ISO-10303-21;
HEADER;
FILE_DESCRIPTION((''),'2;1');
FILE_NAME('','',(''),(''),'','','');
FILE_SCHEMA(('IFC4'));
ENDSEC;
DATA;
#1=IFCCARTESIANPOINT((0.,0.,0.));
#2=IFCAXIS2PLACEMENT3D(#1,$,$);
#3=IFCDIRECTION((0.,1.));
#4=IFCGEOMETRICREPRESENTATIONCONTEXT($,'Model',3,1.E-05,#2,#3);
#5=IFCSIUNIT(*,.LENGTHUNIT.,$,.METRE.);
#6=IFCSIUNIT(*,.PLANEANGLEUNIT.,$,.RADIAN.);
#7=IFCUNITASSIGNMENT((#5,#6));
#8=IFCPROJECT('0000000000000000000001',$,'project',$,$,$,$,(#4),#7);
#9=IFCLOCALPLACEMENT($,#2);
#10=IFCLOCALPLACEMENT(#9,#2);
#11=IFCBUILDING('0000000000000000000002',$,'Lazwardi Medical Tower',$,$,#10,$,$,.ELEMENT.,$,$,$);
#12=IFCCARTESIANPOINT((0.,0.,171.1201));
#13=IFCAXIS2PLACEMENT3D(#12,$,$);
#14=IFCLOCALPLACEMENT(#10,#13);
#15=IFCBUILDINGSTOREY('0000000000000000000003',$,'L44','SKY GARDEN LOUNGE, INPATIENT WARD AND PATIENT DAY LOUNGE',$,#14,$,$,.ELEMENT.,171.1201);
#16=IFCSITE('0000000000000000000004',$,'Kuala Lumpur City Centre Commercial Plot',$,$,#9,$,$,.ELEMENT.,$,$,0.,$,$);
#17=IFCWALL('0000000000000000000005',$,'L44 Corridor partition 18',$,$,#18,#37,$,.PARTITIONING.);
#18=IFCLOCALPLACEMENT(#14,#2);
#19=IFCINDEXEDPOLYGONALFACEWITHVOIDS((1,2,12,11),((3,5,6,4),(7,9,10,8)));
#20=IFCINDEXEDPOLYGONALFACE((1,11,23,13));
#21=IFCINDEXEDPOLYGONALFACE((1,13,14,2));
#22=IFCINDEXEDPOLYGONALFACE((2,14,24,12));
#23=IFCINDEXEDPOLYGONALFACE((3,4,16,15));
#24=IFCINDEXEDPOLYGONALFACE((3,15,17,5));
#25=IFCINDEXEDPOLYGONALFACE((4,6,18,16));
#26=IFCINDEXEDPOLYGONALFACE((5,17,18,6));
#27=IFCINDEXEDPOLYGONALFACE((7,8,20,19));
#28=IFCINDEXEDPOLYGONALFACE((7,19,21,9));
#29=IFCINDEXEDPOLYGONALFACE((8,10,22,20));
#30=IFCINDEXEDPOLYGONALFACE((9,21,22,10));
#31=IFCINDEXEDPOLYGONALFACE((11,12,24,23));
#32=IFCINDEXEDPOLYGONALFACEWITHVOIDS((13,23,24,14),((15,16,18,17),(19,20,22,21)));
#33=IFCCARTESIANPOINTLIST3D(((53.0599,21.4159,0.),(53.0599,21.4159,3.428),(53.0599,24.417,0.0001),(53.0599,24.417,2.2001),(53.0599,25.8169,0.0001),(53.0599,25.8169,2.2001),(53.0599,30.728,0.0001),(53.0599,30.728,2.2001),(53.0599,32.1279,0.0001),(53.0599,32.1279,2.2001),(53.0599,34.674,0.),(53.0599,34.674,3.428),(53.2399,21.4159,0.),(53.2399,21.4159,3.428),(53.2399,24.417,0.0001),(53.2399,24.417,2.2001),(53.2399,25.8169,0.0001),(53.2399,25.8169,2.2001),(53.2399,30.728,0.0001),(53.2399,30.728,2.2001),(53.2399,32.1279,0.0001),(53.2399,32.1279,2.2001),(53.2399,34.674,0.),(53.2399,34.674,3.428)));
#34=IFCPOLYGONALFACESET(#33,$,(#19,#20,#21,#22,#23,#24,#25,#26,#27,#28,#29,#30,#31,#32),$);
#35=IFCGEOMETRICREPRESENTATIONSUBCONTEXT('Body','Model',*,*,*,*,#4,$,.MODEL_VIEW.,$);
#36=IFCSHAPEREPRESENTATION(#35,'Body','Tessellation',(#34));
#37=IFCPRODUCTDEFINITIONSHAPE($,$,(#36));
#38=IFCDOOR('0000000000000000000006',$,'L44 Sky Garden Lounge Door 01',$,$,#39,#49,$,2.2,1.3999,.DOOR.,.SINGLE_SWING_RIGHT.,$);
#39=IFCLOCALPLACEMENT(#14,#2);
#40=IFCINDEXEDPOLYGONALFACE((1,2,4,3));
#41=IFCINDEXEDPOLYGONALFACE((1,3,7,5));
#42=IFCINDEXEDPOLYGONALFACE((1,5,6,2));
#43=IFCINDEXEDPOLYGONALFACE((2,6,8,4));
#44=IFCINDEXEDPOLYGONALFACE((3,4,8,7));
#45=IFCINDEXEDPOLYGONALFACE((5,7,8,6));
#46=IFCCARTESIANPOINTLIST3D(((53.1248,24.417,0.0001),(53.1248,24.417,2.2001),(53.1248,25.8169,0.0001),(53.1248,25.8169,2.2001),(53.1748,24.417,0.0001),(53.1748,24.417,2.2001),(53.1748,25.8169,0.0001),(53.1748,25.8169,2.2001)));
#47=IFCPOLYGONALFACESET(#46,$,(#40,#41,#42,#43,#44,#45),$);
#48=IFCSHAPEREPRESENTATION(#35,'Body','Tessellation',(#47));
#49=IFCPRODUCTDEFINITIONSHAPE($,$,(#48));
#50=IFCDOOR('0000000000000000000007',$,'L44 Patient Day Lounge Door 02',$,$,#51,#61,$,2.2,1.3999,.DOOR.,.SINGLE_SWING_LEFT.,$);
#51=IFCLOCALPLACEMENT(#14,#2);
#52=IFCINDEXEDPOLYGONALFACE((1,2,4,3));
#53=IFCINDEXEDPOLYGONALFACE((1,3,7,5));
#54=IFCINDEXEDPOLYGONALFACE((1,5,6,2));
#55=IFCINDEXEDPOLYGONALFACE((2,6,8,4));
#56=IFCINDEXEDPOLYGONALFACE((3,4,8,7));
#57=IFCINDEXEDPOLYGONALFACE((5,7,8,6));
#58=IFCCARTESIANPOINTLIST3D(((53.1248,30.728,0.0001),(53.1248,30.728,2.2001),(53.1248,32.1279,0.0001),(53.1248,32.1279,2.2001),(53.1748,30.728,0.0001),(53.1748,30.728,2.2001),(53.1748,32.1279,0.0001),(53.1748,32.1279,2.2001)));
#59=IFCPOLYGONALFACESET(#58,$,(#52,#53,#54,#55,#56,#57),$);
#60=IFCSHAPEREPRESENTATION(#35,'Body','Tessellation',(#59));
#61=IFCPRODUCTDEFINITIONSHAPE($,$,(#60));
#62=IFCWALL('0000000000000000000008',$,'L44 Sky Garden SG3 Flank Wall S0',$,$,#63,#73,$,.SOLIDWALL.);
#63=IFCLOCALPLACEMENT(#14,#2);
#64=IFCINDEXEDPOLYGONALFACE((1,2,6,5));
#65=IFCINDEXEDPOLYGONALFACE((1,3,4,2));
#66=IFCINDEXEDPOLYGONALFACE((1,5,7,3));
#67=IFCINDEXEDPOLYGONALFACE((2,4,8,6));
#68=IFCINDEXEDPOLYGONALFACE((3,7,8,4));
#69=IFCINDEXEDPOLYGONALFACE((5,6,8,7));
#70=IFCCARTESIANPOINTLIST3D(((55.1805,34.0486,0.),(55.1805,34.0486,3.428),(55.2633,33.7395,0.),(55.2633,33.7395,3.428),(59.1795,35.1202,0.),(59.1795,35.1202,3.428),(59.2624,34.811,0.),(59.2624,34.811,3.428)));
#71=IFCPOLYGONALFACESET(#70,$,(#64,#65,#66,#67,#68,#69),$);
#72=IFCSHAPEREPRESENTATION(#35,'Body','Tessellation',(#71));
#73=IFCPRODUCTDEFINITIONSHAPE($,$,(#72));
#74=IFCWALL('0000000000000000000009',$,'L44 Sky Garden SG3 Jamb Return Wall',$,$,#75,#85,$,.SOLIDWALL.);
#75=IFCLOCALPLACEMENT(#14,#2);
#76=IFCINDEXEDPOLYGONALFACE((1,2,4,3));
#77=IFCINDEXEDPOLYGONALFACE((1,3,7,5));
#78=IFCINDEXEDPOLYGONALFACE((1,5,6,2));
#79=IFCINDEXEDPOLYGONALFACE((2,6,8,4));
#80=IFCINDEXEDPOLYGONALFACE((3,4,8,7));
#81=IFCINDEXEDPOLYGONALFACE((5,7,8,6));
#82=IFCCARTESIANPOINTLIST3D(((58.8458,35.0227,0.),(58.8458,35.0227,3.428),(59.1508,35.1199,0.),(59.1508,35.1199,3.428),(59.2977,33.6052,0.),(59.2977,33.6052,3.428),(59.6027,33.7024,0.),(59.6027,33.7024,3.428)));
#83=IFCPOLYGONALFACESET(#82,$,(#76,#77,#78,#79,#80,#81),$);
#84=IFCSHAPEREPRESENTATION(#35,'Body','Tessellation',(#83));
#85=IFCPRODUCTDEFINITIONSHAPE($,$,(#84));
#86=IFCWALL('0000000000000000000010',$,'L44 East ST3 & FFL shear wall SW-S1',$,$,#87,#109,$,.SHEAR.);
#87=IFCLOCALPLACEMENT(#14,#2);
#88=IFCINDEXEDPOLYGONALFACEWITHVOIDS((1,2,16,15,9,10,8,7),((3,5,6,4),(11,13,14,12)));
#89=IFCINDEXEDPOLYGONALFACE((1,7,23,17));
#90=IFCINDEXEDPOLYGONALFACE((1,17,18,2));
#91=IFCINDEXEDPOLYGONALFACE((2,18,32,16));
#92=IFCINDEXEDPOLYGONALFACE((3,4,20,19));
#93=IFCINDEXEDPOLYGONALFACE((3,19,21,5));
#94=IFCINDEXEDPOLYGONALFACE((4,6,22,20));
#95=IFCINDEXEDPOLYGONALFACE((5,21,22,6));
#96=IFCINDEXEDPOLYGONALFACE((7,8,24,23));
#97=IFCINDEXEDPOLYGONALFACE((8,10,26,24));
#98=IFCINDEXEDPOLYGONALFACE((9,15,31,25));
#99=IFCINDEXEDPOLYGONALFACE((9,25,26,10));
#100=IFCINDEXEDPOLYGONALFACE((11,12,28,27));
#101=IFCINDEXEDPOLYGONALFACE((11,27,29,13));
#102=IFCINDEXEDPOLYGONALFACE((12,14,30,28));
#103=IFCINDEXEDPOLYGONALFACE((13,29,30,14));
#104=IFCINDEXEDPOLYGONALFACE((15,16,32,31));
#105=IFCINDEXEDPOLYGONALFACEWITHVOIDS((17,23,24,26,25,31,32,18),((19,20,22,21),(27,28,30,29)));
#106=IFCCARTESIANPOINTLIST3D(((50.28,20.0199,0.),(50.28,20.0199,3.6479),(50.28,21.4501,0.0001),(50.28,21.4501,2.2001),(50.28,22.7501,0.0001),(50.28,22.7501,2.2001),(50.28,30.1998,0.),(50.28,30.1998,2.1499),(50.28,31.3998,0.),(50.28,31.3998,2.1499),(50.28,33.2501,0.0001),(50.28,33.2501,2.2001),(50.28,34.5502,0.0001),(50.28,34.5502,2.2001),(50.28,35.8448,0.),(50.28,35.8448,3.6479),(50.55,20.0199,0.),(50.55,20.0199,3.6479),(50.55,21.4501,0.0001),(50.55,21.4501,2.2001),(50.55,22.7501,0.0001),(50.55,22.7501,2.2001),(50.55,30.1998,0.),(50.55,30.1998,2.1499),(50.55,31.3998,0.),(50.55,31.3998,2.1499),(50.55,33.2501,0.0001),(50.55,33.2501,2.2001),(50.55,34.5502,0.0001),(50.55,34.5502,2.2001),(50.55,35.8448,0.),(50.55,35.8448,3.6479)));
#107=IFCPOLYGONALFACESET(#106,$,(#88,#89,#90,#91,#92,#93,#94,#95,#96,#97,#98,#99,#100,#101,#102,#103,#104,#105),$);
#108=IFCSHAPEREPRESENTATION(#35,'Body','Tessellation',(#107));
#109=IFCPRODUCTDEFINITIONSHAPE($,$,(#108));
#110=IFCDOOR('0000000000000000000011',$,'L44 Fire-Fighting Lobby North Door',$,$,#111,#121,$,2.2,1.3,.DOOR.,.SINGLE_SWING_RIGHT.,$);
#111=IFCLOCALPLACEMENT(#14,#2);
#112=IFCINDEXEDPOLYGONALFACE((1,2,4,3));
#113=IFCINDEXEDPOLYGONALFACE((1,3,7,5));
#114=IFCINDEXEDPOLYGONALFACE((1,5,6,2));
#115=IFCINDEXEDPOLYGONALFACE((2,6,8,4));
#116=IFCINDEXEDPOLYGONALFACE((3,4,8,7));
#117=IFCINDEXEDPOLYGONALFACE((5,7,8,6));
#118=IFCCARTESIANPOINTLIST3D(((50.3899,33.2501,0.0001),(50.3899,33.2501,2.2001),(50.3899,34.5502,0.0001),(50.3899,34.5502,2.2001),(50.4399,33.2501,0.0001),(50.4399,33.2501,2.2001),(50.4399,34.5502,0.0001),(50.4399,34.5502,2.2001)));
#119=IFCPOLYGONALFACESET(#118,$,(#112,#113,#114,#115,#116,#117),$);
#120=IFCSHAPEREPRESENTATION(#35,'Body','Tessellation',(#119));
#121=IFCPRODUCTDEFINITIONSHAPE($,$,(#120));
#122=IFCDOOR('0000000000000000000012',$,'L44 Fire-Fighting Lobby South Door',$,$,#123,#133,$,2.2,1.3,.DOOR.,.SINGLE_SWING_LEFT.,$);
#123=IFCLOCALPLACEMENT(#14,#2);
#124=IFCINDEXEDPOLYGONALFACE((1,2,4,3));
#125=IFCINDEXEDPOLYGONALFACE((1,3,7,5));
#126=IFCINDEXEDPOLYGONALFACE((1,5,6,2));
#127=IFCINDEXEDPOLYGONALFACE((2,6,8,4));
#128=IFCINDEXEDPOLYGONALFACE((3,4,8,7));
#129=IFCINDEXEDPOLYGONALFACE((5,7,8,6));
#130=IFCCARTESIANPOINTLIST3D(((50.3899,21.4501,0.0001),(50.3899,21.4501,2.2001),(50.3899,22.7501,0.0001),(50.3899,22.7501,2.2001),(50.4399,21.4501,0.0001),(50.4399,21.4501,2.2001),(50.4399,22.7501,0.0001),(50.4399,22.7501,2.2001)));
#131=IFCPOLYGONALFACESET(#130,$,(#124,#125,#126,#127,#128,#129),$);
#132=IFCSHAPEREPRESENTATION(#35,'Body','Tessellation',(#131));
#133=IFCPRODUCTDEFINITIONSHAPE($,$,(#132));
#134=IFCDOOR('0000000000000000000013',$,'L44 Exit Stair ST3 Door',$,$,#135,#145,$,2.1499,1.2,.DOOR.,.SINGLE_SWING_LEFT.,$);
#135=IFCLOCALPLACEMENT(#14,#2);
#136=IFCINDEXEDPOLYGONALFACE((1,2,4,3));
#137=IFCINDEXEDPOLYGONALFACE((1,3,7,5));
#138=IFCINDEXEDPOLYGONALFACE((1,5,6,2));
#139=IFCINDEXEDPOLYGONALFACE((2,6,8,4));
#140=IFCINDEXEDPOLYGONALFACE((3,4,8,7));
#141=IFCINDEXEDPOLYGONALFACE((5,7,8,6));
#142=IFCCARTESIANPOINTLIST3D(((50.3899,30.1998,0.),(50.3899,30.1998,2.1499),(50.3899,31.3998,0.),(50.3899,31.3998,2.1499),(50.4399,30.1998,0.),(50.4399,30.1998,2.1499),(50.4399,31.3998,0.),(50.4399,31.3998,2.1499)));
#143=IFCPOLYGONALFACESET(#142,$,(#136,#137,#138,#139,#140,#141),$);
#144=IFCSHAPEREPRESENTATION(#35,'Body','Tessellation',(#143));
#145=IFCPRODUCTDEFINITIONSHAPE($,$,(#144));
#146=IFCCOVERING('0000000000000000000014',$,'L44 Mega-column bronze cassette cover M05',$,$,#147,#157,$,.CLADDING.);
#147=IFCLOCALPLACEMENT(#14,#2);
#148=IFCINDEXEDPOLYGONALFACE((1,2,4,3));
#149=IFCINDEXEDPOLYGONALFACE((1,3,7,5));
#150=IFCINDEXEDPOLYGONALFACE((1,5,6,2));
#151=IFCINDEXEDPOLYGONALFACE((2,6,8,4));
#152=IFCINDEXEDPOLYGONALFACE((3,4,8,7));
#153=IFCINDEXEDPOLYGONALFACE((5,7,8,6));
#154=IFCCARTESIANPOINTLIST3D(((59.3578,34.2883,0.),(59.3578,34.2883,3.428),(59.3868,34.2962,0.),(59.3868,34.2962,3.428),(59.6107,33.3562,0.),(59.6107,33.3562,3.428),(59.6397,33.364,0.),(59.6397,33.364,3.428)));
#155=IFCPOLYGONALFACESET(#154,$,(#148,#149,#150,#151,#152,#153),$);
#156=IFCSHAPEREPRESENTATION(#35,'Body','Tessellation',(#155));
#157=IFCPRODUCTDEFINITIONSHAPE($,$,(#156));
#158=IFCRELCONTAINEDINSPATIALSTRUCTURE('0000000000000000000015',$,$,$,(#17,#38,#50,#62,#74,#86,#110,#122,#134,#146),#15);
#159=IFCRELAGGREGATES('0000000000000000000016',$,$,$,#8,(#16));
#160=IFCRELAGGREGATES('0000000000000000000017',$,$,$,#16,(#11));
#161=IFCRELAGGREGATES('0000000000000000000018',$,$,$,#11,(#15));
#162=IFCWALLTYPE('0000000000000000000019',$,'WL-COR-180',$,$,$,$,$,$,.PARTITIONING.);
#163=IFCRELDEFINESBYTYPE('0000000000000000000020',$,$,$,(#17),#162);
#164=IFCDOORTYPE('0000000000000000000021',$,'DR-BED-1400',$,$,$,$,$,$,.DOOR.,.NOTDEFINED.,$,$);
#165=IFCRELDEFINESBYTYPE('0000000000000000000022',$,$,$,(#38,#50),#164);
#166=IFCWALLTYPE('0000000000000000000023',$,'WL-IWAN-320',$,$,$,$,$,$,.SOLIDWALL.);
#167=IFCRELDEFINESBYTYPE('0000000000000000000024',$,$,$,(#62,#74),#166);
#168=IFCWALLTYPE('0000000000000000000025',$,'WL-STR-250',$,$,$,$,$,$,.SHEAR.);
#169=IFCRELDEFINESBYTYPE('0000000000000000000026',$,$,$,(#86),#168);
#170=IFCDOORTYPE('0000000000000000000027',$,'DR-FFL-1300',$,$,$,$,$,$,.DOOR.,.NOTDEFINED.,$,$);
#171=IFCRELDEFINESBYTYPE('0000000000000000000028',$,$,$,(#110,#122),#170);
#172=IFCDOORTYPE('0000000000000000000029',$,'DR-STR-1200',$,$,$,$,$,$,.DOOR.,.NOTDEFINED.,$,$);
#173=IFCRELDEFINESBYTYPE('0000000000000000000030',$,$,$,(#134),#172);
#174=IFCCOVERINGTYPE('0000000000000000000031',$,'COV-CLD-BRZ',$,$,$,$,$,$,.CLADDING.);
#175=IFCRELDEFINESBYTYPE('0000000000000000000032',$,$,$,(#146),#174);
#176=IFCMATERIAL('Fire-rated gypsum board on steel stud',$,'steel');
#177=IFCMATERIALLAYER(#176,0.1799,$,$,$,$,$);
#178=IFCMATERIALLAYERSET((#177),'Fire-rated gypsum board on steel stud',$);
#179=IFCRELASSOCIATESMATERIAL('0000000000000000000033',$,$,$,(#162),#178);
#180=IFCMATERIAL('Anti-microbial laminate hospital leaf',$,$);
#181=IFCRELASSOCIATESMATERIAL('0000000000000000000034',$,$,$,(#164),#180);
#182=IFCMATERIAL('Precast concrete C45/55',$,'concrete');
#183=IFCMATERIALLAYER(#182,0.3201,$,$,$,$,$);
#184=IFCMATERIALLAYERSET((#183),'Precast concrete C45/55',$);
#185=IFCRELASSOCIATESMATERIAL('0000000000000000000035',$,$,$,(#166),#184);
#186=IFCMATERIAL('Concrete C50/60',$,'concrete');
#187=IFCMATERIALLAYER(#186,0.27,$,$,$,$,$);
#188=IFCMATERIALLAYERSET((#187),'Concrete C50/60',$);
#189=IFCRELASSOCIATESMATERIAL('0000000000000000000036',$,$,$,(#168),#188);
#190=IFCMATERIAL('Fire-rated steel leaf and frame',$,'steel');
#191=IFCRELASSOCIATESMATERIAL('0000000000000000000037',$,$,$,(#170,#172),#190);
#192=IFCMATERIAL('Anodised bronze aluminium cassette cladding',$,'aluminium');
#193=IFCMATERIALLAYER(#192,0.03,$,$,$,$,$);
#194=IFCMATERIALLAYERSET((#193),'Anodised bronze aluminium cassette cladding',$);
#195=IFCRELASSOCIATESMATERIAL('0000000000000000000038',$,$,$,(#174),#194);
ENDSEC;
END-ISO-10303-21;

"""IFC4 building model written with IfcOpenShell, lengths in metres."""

from ifc_helpers import new_model, si_unit, direction, frame, frame_2d, origin, origin_2d, place, context, subcontext, project, spatial, rectangle, extrude, material, layer, layer_set, type_object, element, fill, save


model = new_model("IFC4")

# Units and contexts
model_context = context("Model", 3, precision=1e-05, world=origin(), true_north=direction((0.0, 1.0)))
body_context = subcontext(model_context, "Body", "Model", "MODEL_VIEW")
ifc_project = project(units=[si_unit("LENGTHUNIT", "METRE"), si_unit("PLANEANGLEUNIT", "RADIAN")], contexts=[model_context])

# Site, building, storey
site_placement = place(None, origin())
site = spatial("IfcSite", under=ifc_project, at=site_placement, Name="Kuala Lumpur City Centre Commercial Plot", CompositionType="ELEMENT", RefElevation=0.0)
building_placement = place(site_placement, origin())
building = spatial("IfcBuilding", under=site, at=building_placement, Name="Lazwardi Medical Tower", CompositionType="ELEMENT")
storey_placement = place(building_placement, frame((0.0, 0.0, 171.1201)))
storey = spatial("IfcBuildingStorey", under=building, at=storey_placement, Name="L44", Description="SKY GARDEN LOUNGE, INPATIENT WARD AND PATIENT DAY LOUNGE", CompositionType="ELEMENT", Elevation=171.1201)

# Shared definitions
ifc_material_1 = material(Name="Fire-rated gypsum board on steel stud", Category="steel")
ifc_layer_1 = layer(ifc_material_1, 0.1799)
ifc_layer_set_1 = layer_set([ifc_layer_1], Name="Fire-rated gypsum board on steel stud")
wall_type_1 = type_object("IfcWallType", Name="WL-COR-180", PredefinedType="PARTITIONING", material=ifc_layer_set_1)

# Wall, openings, doors
wall_1_placement = place(storey_placement, frame((53.1499, 34.6738, 0.0), z_axis=(0.0, 0.0, 1.0), x_axis=(0.0, -1.0, 0.0)))
wall_1 = element("IfcWall", 1, at=wall_1_placement, inside=storey, type_object=wall_type_1, Name="L44 Corridor partition 18", PredefinedType="PARTITIONING", context=body_context, shape_type="SweptSolid", body=[
    extrude(rectangle(XDim=13.2581, YDim=0.1799, at=frame_2d((6.6289, 0.0))), origin(), (0.0, 0.0, 1.0), 3.428),
])
opening_1_placement = place(wall_1_placement, frame((8.8569, 0.0, 0.0)))
opening_1 = element("IfcOpeningElement", 2, at=opening_1_placement, cuts=wall_1, PredefinedType="OPENING", context=body_context, shape_type="SweptSolid", body=[
    extrude(rectangle(XDim=1.3999, YDim=2.2, at=frame_2d((0.7, 1.1001))), frame((0.0, 0.0999, 0.0), z_axis=(0.0, -1.0, 0.0), x_axis=(1.0, 0.0, 0.0)), (0.0, 0.0, 1.0), 0.2),
])
opening_2_placement = place(wall_1_placement, frame((2.5459, 0.0, 0.0)))
opening_2 = element("IfcOpeningElement", 3, at=opening_2_placement, cuts=wall_1, PredefinedType="OPENING", context=body_context, shape_type="SweptSolid", body=[
    extrude(rectangle(XDim=1.3999, YDim=2.2, at=frame_2d((0.7, 1.1001))), frame((0.0, 0.0999, 0.0), z_axis=(0.0, -1.0, 0.0), x_axis=(1.0, 0.0, 0.0)), (0.0, 0.0, 1.0), 0.2),
])
ifc_material_2 = material(Name="Anti-microbial laminate hospital leaf")
door_type_1 = type_object("IfcDoorType", Name="DR-BED-1400", OperationType="NOTDEFINED", PredefinedType="DOOR", material=ifc_material_2)
door_1_placement = place(opening_1_placement, origin())
door_1 = element("IfcDoor", 4, at=door_1_placement, inside=storey, type_object=door_type_1, Name="L44 Sky Garden Lounge Door 01", OperationType="SINGLE_SWING_RIGHT", OverallHeight=2.2, OverallWidth=1.3999, PredefinedType="DOOR", context=body_context, shape_type="SweptSolid", body=[
    extrude(rectangle(XDim=1.3999, YDim=2.2, at=frame_2d((0.7, 1.1001))), frame((0.0, 0.0249, 0.0), z_axis=(0.0, -1.0, 0.0), x_axis=(1.0, 0.0, 0.0)), (0.0, 0.0, 1.0), 0.05),
])
fill(opening_1, door_1)
door_2_placement = place(opening_2_placement, origin())
door_2 = element("IfcDoor", 5, at=door_2_placement, inside=storey, type_object=door_type_1, Name="L44 Patient Day Lounge Door 02", OperationType="SINGLE_SWING_LEFT", OverallHeight=2.2, OverallWidth=1.3999, PredefinedType="DOOR", context=body_context, shape_type="SweptSolid", body=[
    extrude(rectangle(XDim=1.3999, YDim=2.2, at=frame_2d((0.7, 1.1001))), frame((0.0, 0.0249, 0.0), z_axis=(0.0, -1.0, 0.0), x_axis=(1.0, 0.0, 0.0)), (0.0, 0.0, 1.0), 0.05),
])
fill(opening_2, door_2)

# Walls
ifc_material_3 = material(Name="Precast concrete C45/55", Category="concrete")
ifc_layer_2 = layer(ifc_material_3, 0.3201)
ifc_layer_set_2 = layer_set([ifc_layer_2], Name="Precast concrete C45/55")
wall_type_2 = type_object("IfcWallType", Name="WL-IWAN-320", PredefinedType="SOLIDWALL", material=ifc_layer_set_2)
wall_2_placement = place(storey_placement, frame((59.2209, 34.9656, 0.0), z_axis=(0.0, 0.0, 1.0), x_axis=(-0.965926, -0.258819, 0.0)))
element("IfcWall", 6, at=wall_2_placement, inside=storey, type_object=wall_type_2, Name="L44 Sky Garden SG3 Flank Wall S0", PredefinedType="SOLIDWALL", context=body_context, shape_type="SweptSolid", body=[
    extrude(rectangle(XDim=4.1401, YDim=0.3201, at=frame_2d((2.0701, 0.0))), origin(), (0.0, 0.0, 1.0), 3.428),
])
wall_3_placement = place(storey_placement, frame((59.4502, 33.6538, 0.0), z_axis=(0.0, 0.0, 1.0), x_axis=(-0.303745, 0.952753, 0.0)))
element("IfcWall", 7, at=wall_3_placement, inside=storey, type_object=wall_type_2, Name="L44 Sky Garden SG3 Jamb Return Wall", PredefinedType="SOLIDWALL", context=body_context, shape_type="SweptSolid", body=[
    extrude(rectangle(XDim=1.4878, YDim=0.3201, at=frame_2d((0.7439, 0.0))), origin(), (0.0, 0.0, 1.0), 3.428),
])

# Wall, openings, doors
ifc_material_4 = material(Name="Concrete C50/60", Category="concrete")
ifc_layer_3 = layer(ifc_material_4, 0.27)
ifc_layer_set_3 = layer_set([ifc_layer_3], Name="Concrete C50/60")
wall_type_3 = type_object("IfcWallType", Name="WL-STR-250", PredefinedType="SHEAR", material=ifc_layer_set_3)
wall_4_placement = place(storey_placement, frame((50.415, 35.845, 0.0), z_axis=(0.0, 0.0, 1.0), x_axis=(0.0, -1.0, 0.0)))
wall_4 = element("IfcWall", 8, at=wall_4_placement, inside=storey, type_object=wall_type_3, Name="L44 East ST3 & FFL shear wall SW-S1", PredefinedType="SHEAR", context=body_context, shape_type="SweptSolid", body=[
    extrude(rectangle(XDim=15.825, YDim=0.27, at=frame_2d((7.9126, 0.0))), origin(), (0.0, 0.0, 1.0), 3.6479),
])
opening_3_placement = place(wall_4_placement, frame((4.4451, 0.0, 0.0)))
opening_3 = element("IfcOpeningElement", 9, at=opening_3_placement, cuts=wall_4, PredefinedType="OPENING", context=body_context, shape_type="SweptSolid", body=[
    extrude(rectangle(XDim=1.2, YDim=2.1499, at=frame_2d((0.6001, 1.075))), frame((0.0, 0.145, 0.0), z_axis=(0.0, -1.0, 0.0), x_axis=(1.0, 0.0, 0.0)), (0.0, 0.0, 1.0), 0.29),
])
opening_4_placement = place(wall_4_placement, frame((1.2949, 0.0, 0.0)))
opening_4 = element("IfcOpeningElement", 10, at=opening_4_placement, cuts=wall_4, PredefinedType="OPENING", context=body_context, shape_type="SweptSolid", body=[
    extrude(rectangle(XDim=1.3, YDim=2.2, at=frame_2d((0.6499, 1.1001))), frame((0.0, 0.145, 0.0), z_axis=(0.0, -1.0, 0.0), x_axis=(1.0, 0.0, 0.0)), (0.0, 0.0, 1.0), 0.29),
])
opening_5_placement = place(wall_4_placement, frame((13.095, 0.0, 0.0)))
opening_5 = element("IfcOpeningElement", 11, at=opening_5_placement, cuts=wall_4, PredefinedType="OPENING", context=body_context, shape_type="SweptSolid", body=[
    extrude(rectangle(XDim=1.3, YDim=2.2, at=frame_2d((0.6499, 1.1001))), frame((0.0, 0.145, 0.0), z_axis=(0.0, -1.0, 0.0), x_axis=(1.0, 0.0, 0.0)), (0.0, 0.0, 1.0), 0.29),
])
ifc_material_5 = material(Name="Fire-rated steel leaf and frame", Category="steel")
door_type_2 = type_object("IfcDoorType", Name="DR-FFL-1300", OperationType="NOTDEFINED", PredefinedType="DOOR", material=ifc_material_5)
door_3_placement = place(opening_4_placement, origin())
door_3 = element("IfcDoor", 12, at=door_3_placement, inside=storey, type_object=door_type_2, Name="L44 Fire-Fighting Lobby North Door", OperationType="SINGLE_SWING_RIGHT", OverallHeight=2.2, OverallWidth=1.3, PredefinedType="DOOR", context=body_context, shape_type="SweptSolid", body=[
    extrude(rectangle(XDim=1.3, YDim=2.2, at=frame_2d((0.6499, 1.1001))), frame((0.0, 0.0249, 0.0), z_axis=(0.0, -1.0, 0.0), x_axis=(1.0, 0.0, 0.0)), (0.0, 0.0, 1.0), 0.05),
])
fill(opening_4, door_3)
door_4_placement = place(opening_5_placement, origin())
door_4 = element("IfcDoor", 13, at=door_4_placement, inside=storey, type_object=door_type_2, Name="L44 Fire-Fighting Lobby South Door", OperationType="SINGLE_SWING_LEFT", OverallHeight=2.2, OverallWidth=1.3, PredefinedType="DOOR", context=body_context, shape_type="SweptSolid", body=[
    extrude(rectangle(XDim=1.3, YDim=2.2, at=frame_2d((0.6499, 1.1001))), frame((0.0, 0.0249, 0.0), z_axis=(0.0, -1.0, 0.0), x_axis=(1.0, 0.0, 0.0)), (0.0, 0.0, 1.0), 0.05),
])
fill(opening_5, door_4)
door_type_3 = type_object("IfcDoorType", Name="DR-STR-1200", OperationType="NOTDEFINED", PredefinedType="DOOR", material=ifc_material_5)
door_5_placement = place(opening_3_placement, origin())
door_5 = element("IfcDoor", 14, at=door_5_placement, inside=storey, type_object=door_type_3, Name="L44 Exit Stair ST3 Door", OperationType="SINGLE_SWING_LEFT", OverallHeight=2.1499, OverallWidth=1.2, PredefinedType="DOOR", context=body_context, shape_type="SweptSolid", body=[
    extrude(rectangle(XDim=1.2, YDim=2.1499, at=frame_2d((0.6001, 1.075))), frame((0.0, 0.0249, 0.0), z_axis=(0.0, -1.0, 0.0), x_axis=(1.0, 0.0, 0.0)), (0.0, 0.0, 1.0), 0.05),
])
fill(opening_3, door_5)

# Covering
ifc_material_6 = material(Name="Anodised bronze aluminium cassette cladding", Category="aluminium")
ifc_layer_4 = layer(ifc_material_6, 0.03)
ifc_layer_set_4 = layer_set([ifc_layer_4], Name="Anodised bronze aluminium cassette cladding")
covering_type_1 = type_object("IfcCoveringType", Name="COV-CLD-BRZ", PredefinedType="CLADDING", material=ifc_layer_set_4)
covering_1_placement = place(storey_placement, frame((59.4988, 33.8262, 0.0), z_axis=(0.0, 0.0, 1.0), x_axis=(-0.261829, 0.965114, 0.0)))
element("IfcCovering", 15, at=covering_1_placement, inside=storey, type_object=covering_type_1, Name="L44 Mega-column bronze cassette cover M05", PredefinedType="CLADDING", context=body_context, shape_type="SweptSolid", body=[
    extrude(rectangle(XDim=0.9658, YDim=0.03, at=origin_2d()), origin(), (0.0, 0.0, 1.0), 3.428),
])

save(model, "model.ifc")
